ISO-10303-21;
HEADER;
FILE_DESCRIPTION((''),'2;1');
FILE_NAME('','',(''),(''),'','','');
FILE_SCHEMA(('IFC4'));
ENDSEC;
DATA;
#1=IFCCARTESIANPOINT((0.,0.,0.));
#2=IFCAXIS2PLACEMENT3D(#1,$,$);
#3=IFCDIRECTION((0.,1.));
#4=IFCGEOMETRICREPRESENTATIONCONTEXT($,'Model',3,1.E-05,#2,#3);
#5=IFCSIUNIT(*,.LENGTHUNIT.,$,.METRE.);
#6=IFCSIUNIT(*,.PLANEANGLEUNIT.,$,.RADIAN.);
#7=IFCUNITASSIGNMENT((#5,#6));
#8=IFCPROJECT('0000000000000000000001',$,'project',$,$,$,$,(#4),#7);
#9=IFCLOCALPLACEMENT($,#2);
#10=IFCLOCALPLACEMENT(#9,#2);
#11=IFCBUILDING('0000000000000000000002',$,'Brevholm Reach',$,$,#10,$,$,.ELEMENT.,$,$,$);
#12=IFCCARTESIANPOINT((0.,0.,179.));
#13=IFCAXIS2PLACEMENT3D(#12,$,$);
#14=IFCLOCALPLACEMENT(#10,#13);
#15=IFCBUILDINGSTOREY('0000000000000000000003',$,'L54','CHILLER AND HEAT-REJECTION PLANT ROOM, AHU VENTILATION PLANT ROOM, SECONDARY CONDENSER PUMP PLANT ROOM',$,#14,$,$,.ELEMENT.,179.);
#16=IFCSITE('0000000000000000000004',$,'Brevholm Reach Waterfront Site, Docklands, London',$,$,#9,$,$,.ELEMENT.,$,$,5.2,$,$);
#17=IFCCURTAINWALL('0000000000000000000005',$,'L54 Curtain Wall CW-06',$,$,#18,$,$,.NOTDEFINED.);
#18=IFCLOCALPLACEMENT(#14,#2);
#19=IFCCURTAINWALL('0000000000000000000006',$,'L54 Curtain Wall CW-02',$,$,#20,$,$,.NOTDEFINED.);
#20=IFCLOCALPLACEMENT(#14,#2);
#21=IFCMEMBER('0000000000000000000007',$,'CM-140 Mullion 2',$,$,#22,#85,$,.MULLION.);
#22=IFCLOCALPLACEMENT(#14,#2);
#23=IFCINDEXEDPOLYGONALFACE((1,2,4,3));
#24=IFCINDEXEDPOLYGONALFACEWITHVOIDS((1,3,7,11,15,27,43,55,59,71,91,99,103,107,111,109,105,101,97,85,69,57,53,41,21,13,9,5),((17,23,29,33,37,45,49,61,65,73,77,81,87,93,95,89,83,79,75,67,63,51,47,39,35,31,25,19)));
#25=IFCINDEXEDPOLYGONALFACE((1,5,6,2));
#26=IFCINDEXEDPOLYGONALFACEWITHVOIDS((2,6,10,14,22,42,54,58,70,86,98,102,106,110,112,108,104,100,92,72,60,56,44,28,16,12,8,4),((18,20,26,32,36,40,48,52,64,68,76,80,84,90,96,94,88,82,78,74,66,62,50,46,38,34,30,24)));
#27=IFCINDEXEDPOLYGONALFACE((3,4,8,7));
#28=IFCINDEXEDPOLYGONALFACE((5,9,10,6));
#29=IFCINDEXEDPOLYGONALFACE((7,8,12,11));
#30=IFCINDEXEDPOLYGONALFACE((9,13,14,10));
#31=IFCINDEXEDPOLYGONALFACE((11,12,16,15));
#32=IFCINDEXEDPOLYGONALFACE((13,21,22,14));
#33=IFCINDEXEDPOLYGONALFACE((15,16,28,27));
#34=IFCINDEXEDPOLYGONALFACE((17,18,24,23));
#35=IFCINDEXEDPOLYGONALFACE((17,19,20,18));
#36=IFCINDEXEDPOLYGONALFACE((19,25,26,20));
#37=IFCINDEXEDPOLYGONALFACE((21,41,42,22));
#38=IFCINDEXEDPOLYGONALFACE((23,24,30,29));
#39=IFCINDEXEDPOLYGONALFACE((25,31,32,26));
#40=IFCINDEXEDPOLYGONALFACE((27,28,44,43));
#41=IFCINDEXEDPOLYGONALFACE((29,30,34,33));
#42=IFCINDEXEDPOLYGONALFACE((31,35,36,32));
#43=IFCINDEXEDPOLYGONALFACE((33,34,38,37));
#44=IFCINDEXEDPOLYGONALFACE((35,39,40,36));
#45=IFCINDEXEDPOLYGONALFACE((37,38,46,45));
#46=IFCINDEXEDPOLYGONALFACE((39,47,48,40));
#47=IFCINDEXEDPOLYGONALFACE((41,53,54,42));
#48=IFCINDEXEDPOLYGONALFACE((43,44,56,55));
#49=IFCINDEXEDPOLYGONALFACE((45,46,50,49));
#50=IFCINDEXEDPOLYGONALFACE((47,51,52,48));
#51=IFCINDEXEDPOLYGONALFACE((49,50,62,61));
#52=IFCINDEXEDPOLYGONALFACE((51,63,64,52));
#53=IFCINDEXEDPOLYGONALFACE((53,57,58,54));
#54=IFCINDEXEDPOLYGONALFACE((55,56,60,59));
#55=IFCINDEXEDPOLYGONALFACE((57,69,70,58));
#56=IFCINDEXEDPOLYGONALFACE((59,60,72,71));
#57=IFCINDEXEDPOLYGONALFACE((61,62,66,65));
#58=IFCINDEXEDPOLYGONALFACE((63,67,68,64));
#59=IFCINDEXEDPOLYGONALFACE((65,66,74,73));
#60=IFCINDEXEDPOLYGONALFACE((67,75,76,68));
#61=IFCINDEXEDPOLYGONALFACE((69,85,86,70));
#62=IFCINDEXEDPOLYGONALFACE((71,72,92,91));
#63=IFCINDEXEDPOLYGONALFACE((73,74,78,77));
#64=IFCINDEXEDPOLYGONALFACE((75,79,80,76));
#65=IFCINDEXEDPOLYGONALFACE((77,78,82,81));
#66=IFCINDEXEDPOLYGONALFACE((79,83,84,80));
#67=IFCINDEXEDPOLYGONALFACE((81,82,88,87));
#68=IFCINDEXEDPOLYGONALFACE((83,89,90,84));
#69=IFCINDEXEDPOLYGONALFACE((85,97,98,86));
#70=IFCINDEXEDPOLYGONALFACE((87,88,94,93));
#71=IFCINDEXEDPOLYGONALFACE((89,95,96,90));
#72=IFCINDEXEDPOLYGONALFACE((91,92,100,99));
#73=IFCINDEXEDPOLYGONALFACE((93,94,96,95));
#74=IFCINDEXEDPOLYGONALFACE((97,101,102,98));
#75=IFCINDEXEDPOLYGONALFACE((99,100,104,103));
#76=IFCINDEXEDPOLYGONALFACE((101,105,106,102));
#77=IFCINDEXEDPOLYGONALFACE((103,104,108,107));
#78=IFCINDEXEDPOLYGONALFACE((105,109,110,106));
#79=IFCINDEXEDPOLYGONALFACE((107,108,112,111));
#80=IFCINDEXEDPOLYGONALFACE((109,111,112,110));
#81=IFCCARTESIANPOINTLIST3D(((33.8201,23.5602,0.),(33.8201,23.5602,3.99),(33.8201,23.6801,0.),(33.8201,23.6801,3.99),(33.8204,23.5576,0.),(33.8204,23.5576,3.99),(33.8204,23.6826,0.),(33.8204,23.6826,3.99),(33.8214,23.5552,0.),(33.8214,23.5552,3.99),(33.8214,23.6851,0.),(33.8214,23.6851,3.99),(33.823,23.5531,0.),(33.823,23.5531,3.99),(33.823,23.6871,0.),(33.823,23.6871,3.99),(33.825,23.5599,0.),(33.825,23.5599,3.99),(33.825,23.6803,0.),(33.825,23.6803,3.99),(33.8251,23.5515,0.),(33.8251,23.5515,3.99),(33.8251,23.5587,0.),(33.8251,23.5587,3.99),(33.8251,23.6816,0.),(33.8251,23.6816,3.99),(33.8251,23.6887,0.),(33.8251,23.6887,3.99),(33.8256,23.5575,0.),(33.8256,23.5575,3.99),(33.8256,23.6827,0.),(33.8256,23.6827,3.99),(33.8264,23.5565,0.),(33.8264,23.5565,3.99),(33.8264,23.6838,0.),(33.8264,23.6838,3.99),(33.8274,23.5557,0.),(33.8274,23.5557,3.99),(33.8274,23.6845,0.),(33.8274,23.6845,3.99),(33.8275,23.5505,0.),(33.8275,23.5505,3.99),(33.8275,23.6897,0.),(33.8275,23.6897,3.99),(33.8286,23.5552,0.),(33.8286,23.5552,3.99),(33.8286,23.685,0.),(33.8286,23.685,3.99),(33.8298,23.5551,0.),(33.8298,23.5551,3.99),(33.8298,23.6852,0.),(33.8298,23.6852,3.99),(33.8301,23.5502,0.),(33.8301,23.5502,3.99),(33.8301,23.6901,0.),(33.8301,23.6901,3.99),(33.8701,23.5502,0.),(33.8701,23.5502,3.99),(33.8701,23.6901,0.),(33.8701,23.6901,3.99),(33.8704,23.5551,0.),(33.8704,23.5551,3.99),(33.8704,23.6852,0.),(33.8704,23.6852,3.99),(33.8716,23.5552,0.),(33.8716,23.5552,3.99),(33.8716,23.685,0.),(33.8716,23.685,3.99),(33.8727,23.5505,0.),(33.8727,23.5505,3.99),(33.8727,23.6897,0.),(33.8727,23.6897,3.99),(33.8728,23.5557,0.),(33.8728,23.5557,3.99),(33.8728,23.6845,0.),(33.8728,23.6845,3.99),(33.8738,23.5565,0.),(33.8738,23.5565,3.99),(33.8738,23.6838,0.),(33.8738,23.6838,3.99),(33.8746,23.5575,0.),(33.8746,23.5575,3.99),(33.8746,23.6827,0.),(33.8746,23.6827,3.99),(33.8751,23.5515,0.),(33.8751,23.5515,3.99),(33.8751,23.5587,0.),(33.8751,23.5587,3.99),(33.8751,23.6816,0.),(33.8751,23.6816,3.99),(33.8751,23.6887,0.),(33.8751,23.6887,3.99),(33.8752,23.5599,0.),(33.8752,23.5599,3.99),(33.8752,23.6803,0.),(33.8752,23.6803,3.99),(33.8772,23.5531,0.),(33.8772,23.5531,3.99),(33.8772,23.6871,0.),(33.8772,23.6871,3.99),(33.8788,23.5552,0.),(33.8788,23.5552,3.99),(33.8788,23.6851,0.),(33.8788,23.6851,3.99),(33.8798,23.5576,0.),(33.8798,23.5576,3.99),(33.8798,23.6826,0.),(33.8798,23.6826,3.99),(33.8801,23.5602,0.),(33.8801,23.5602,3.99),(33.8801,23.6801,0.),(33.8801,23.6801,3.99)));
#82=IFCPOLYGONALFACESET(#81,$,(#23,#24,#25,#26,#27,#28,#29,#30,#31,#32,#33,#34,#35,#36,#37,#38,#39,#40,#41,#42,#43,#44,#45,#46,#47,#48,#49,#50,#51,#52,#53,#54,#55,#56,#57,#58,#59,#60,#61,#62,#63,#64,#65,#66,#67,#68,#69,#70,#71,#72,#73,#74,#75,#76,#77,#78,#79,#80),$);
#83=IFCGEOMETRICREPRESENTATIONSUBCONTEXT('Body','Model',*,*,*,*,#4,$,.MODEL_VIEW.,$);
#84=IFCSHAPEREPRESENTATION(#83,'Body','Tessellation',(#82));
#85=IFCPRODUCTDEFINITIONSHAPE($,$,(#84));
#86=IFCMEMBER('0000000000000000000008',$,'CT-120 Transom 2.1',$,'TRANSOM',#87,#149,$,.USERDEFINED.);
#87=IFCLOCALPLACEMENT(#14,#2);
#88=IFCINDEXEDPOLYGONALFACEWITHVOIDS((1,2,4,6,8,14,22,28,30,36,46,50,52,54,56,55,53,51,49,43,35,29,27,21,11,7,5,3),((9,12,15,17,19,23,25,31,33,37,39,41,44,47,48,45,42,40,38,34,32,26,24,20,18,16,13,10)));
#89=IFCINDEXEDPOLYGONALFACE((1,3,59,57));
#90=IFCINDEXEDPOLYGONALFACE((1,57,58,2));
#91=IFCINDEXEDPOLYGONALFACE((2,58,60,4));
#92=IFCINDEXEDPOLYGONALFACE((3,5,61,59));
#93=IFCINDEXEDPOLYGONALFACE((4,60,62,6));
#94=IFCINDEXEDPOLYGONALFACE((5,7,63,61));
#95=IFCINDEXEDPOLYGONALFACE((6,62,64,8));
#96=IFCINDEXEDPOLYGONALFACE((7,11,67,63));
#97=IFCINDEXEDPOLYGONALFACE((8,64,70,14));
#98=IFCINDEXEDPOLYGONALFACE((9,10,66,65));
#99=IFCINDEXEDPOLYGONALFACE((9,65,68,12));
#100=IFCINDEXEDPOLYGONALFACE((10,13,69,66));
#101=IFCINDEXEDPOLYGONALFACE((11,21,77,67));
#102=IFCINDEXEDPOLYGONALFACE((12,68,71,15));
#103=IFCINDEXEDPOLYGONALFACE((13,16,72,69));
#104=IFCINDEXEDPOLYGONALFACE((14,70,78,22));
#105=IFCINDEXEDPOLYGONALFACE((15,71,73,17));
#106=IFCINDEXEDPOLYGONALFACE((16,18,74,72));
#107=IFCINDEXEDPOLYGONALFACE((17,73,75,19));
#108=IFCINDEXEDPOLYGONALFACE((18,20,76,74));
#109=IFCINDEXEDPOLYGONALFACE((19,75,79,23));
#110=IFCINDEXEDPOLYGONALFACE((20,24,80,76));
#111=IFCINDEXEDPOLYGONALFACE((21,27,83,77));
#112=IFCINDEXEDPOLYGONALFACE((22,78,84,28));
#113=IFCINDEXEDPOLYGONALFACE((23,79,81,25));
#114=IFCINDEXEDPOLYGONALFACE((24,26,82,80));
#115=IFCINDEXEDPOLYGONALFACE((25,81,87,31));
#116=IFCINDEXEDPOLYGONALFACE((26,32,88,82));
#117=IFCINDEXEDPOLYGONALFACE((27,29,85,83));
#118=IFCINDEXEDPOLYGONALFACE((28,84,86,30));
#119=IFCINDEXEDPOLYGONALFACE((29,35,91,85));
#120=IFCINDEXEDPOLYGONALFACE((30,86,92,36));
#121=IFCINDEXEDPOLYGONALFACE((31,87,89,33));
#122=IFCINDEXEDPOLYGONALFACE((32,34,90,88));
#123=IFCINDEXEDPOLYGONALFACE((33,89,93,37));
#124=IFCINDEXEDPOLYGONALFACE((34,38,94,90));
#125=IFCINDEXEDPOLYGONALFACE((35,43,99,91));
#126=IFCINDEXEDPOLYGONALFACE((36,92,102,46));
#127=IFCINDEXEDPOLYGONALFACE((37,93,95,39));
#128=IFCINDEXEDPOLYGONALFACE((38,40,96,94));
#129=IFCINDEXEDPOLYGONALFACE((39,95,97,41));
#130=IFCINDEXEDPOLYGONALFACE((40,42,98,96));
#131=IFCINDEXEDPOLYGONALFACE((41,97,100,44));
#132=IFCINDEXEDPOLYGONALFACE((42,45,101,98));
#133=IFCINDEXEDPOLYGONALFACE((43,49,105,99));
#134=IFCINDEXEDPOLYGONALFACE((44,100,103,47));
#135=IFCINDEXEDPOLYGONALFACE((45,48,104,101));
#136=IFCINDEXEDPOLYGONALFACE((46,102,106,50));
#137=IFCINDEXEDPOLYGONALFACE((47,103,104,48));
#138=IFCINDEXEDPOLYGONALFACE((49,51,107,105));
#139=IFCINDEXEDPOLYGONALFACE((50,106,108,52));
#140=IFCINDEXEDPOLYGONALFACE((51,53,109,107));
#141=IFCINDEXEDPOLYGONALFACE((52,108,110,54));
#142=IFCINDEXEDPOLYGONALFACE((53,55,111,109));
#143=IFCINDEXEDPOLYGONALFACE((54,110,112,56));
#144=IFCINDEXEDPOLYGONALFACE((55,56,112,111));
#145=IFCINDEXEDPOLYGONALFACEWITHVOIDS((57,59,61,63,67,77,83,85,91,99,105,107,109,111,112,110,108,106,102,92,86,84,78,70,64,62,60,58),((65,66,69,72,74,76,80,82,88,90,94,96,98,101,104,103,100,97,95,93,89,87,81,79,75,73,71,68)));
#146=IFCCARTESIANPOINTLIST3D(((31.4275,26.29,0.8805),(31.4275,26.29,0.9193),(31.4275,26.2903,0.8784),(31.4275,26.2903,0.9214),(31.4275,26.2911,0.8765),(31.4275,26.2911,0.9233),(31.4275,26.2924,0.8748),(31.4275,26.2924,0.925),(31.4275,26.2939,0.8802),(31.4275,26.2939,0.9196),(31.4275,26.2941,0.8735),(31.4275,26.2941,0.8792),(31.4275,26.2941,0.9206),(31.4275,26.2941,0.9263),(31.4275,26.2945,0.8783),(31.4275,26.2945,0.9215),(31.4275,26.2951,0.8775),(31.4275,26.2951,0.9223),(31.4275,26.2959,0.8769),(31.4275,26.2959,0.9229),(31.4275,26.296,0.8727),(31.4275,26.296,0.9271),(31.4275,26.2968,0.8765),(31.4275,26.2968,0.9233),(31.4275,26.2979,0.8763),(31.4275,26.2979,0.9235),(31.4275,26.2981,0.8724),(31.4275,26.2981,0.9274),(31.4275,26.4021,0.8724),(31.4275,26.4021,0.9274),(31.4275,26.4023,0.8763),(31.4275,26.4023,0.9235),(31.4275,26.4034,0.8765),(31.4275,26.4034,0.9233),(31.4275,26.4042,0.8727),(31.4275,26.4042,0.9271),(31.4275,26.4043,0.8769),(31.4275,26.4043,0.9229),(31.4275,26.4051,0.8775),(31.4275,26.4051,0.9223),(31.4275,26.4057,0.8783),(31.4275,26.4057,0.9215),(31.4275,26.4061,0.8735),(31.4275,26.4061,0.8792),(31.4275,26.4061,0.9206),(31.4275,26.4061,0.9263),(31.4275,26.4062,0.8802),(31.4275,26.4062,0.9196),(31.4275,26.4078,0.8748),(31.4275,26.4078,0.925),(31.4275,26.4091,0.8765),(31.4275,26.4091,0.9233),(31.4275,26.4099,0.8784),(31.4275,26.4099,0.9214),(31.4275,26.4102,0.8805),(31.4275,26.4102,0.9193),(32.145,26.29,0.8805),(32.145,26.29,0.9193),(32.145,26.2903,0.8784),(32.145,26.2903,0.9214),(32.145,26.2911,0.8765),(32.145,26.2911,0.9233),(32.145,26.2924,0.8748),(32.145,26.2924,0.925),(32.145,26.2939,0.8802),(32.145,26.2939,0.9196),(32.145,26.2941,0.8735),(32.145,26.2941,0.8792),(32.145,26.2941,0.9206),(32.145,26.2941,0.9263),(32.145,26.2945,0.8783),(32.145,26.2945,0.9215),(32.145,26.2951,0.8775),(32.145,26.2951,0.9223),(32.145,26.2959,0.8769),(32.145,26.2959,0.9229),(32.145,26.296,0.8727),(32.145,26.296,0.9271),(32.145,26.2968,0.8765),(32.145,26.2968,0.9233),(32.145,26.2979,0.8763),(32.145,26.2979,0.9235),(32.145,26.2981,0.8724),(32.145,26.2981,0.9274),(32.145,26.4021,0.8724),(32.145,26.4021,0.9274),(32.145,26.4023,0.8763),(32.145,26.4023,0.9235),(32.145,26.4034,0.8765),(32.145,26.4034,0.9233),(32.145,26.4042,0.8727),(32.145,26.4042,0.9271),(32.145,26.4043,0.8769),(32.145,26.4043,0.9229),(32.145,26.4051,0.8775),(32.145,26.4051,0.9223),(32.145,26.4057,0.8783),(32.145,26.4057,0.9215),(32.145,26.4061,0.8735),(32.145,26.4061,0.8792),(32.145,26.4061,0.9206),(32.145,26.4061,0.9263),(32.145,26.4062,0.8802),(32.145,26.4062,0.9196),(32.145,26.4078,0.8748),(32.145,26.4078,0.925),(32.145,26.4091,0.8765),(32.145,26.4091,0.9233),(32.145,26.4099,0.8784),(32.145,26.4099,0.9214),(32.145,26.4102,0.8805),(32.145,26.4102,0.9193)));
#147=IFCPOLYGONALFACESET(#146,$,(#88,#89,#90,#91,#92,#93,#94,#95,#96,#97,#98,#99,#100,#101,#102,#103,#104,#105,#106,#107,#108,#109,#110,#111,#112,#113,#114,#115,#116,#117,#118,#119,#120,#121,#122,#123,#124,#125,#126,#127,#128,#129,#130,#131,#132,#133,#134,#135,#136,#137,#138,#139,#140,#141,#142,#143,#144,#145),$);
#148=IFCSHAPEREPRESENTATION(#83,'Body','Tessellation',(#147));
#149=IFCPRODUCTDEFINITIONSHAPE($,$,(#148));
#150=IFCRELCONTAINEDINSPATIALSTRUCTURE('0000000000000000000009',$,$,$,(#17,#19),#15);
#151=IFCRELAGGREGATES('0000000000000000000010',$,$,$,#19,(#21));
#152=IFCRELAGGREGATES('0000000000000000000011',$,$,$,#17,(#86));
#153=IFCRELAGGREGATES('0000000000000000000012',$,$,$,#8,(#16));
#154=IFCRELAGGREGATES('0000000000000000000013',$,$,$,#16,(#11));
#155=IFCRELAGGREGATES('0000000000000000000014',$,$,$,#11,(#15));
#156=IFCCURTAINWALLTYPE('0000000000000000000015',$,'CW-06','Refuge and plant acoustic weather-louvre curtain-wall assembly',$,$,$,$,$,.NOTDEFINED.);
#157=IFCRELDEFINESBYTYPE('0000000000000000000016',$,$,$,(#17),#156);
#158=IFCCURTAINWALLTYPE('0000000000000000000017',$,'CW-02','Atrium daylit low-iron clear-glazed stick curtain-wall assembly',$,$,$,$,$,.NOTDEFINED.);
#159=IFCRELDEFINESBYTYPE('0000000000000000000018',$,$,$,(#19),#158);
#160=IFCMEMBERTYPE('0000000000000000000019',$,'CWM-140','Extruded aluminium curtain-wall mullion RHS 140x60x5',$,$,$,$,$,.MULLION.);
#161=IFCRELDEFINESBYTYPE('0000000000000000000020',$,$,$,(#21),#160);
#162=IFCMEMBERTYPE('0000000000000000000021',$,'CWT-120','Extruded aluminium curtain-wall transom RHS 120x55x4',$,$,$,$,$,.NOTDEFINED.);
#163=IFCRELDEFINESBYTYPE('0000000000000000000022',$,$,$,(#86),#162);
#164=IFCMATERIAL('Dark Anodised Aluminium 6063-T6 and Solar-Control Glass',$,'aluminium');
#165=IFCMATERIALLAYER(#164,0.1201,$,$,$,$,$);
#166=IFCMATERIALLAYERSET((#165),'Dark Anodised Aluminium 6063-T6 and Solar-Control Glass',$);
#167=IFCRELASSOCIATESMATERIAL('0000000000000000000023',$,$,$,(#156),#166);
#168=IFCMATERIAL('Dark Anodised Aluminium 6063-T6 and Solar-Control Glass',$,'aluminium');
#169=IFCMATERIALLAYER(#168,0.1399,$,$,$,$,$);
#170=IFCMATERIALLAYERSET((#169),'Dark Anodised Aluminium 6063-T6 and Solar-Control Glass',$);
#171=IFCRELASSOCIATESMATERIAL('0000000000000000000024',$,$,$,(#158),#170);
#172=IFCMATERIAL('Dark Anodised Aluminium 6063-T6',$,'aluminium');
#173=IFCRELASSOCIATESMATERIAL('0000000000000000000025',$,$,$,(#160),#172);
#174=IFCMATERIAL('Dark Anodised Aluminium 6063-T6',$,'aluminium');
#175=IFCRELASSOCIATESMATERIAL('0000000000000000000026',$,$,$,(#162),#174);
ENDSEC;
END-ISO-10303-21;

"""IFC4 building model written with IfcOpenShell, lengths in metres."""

from ifc_helpers import new_model, si_unit, direction, frame, origin, origin_2d, place, context, subcontext, project, spatial, hollow_rectangle, extrude, material, layer, layer_set, material_profile, profile_set, type_object, element, aggregate, save


model = new_model("IFC4")

# Units and contexts
model_context = context("Model", 3, precision=1e-05, world=origin(), true_north=direction((0.0, 1.0)))
body_context = subcontext(model_context, "Body", "Model", "MODEL_VIEW")
ifc_project = project(units=[si_unit("LENGTHUNIT", "METRE"), si_unit("PLANEANGLEUNIT", "RADIAN")], contexts=[model_context])

# Site, building, storey
site_placement = place(None, origin())
site = spatial("IfcSite", under=ifc_project, at=site_placement, Name="Brevholm Reach Waterfront Site, Docklands, London", CompositionType="ELEMENT", RefElevation=5.2)
building_placement = place(site_placement, origin())
building = spatial("IfcBuilding", under=site, at=building_placement, Name="Brevholm Reach", CompositionType="ELEMENT")
storey_placement = place(building_placement, frame((0.0, 0.0, 179.0)))
storey = spatial("IfcBuildingStorey", under=building, at=storey_placement, Name="L54", Description="CHILLER AND HEAT-REJECTION PLANT ROOM, AHU VENTILATION PLANT ROOM, SECONDARY CONDENSER PUMP PLANT ROOM", CompositionType="ELEMENT", Elevation=179.0)

# Curtain wall
ifc_material_1 = material(Name="Dark Anodised Aluminium 6063-T6 and Solar-Control Glass", Category="aluminium")
ifc_layer_1 = layer(ifc_material_1, 0.1201)
ifc_layer_set_1 = layer_set([ifc_layer_1], Name="Dark Anodised Aluminium 6063-T6 and Solar-Control Glass")
curtain_wall_type_1 = type_object("IfcCurtainWallType", Name="CW-06", Description="Refuge and plant acoustic weather-louvre curtain-wall assembly", PredefinedType="NOTDEFINED", material=ifc_layer_set_1)
curtain_wall_1_placement = place(storey_placement, origin())
curtain_wall_1 = element("IfcCurtainWall", 1, at=curtain_wall_1_placement, inside=storey, type_object=curtain_wall_type_1, Name="L54 Curtain Wall CW-06", PredefinedType="NOTDEFINED")

# Shared definitions
ifc_material_2 = material(Name="Dark Anodised Aluminium 6063-T6 and Solar-Control Glass", Category="aluminium")
ifc_layer_2 = layer(ifc_material_2, 0.1399)
ifc_layer_set_2 = layer_set([ifc_layer_2], Name="Dark Anodised Aluminium 6063-T6 and Solar-Control Glass")
curtain_wall_type_2 = type_object("IfcCurtainWallType", Name="CW-02", Description="Atrium daylit low-iron clear-glazed stick curtain-wall assembly", PredefinedType="NOTDEFINED", material=ifc_layer_set_2)
ifc_material_3 = material(Name="Dark Anodised Aluminium 6063-T6", Category="aluminium")
ifc_material_profile_1 = material_profile(ifc_material_3, hollow_rectangle(XDim=0.0601, YDim=0.1399, WallThickness=0.0049, InnerFilletRadius=0.0049, OuterFilletRadius=0.01, at=origin_2d()), Name="RHS 140x60x5")
ifc_profile_set_1 = profile_set([ifc_material_profile_1], Name="Dark Anodised Aluminium 6063-T6")
member_type_1 = type_object("IfcMemberType", Name="CWM-140", Description="Extruded aluminium curtain-wall mullion RHS 140x60x5", PredefinedType="MULLION", material=ifc_profile_set_1)

# Curtain wall, member
curtain_wall_2_placement = place(storey_placement, origin())
curtain_wall_2 = element("IfcCurtainWall", 2, at=curtain_wall_2_placement, inside=storey, type_object=curtain_wall_type_2, Name="L54 Curtain Wall CW-02", PredefinedType="NOTDEFINED")
member_1_placement = place(storey_placement, frame((33.8501, 23.6201, 0.0), z_axis=(0.0, 0.0, 1.0), x_axis=(-1.0, 0.0, 0.0)))
member_1 = element("IfcMember", 3, at=member_1_placement, type_object=member_type_1, Name="CM-140 Mullion 2", PredefinedType="MULLION", context=body_context, shape_type="SweptSolid", body=[
    extrude(hollow_rectangle(XDim=0.0601, YDim=0.1399, WallThickness=0.0049, InnerFilletRadius=0.0049, OuterFilletRadius=0.01, at=origin_2d()), origin(), (0.0, 0.0, 1.0), 3.99),
])

# Member
ifc_material_4 = material(Name="Dark Anodised Aluminium 6063-T6", Category="aluminium")
ifc_material_profile_2 = material_profile(ifc_material_4, hollow_rectangle(XDim=0.0549, YDim=0.1201, WallThickness=0.0039, InnerFilletRadius=0.0039, OuterFilletRadius=0.0081, at=origin_2d()), Name="RHS 120x55x4")
ifc_profile_set_2 = profile_set([ifc_material_profile_2], Name="Dark Anodised Aluminium 6063-T6")
member_type_2 = type_object("IfcMemberType", Name="CWT-120", Description="Extruded aluminium curtain-wall transom RHS 120x55x4", PredefinedType="NOTDEFINED", material=ifc_profile_set_2)
member_2_placement = place(storey_placement, frame((31.4275, 26.3501, 0.8999), z_axis=(1.0, 0.0, 0.0), x_axis=(0.0, 0.0, 1.0)))
member_2 = element("IfcMember", 4, at=member_2_placement, type_object=member_type_2, Name="CT-120 Transom 2.1", ObjectType="TRANSOM", PredefinedType="USERDEFINED", context=body_context, shape_type="SweptSolid", body=[
    extrude(hollow_rectangle(XDim=0.0549, YDim=0.1201, WallThickness=0.0039, InnerFilletRadius=0.0039, OuterFilletRadius=0.0081, at=origin_2d()), origin(), (0.0, 0.0, 1.0), 0.7175),
])

aggregate(curtain_wall_2, [member_1])
aggregate(curtain_wall_1, [member_2])

save(model, "model.ifc")
